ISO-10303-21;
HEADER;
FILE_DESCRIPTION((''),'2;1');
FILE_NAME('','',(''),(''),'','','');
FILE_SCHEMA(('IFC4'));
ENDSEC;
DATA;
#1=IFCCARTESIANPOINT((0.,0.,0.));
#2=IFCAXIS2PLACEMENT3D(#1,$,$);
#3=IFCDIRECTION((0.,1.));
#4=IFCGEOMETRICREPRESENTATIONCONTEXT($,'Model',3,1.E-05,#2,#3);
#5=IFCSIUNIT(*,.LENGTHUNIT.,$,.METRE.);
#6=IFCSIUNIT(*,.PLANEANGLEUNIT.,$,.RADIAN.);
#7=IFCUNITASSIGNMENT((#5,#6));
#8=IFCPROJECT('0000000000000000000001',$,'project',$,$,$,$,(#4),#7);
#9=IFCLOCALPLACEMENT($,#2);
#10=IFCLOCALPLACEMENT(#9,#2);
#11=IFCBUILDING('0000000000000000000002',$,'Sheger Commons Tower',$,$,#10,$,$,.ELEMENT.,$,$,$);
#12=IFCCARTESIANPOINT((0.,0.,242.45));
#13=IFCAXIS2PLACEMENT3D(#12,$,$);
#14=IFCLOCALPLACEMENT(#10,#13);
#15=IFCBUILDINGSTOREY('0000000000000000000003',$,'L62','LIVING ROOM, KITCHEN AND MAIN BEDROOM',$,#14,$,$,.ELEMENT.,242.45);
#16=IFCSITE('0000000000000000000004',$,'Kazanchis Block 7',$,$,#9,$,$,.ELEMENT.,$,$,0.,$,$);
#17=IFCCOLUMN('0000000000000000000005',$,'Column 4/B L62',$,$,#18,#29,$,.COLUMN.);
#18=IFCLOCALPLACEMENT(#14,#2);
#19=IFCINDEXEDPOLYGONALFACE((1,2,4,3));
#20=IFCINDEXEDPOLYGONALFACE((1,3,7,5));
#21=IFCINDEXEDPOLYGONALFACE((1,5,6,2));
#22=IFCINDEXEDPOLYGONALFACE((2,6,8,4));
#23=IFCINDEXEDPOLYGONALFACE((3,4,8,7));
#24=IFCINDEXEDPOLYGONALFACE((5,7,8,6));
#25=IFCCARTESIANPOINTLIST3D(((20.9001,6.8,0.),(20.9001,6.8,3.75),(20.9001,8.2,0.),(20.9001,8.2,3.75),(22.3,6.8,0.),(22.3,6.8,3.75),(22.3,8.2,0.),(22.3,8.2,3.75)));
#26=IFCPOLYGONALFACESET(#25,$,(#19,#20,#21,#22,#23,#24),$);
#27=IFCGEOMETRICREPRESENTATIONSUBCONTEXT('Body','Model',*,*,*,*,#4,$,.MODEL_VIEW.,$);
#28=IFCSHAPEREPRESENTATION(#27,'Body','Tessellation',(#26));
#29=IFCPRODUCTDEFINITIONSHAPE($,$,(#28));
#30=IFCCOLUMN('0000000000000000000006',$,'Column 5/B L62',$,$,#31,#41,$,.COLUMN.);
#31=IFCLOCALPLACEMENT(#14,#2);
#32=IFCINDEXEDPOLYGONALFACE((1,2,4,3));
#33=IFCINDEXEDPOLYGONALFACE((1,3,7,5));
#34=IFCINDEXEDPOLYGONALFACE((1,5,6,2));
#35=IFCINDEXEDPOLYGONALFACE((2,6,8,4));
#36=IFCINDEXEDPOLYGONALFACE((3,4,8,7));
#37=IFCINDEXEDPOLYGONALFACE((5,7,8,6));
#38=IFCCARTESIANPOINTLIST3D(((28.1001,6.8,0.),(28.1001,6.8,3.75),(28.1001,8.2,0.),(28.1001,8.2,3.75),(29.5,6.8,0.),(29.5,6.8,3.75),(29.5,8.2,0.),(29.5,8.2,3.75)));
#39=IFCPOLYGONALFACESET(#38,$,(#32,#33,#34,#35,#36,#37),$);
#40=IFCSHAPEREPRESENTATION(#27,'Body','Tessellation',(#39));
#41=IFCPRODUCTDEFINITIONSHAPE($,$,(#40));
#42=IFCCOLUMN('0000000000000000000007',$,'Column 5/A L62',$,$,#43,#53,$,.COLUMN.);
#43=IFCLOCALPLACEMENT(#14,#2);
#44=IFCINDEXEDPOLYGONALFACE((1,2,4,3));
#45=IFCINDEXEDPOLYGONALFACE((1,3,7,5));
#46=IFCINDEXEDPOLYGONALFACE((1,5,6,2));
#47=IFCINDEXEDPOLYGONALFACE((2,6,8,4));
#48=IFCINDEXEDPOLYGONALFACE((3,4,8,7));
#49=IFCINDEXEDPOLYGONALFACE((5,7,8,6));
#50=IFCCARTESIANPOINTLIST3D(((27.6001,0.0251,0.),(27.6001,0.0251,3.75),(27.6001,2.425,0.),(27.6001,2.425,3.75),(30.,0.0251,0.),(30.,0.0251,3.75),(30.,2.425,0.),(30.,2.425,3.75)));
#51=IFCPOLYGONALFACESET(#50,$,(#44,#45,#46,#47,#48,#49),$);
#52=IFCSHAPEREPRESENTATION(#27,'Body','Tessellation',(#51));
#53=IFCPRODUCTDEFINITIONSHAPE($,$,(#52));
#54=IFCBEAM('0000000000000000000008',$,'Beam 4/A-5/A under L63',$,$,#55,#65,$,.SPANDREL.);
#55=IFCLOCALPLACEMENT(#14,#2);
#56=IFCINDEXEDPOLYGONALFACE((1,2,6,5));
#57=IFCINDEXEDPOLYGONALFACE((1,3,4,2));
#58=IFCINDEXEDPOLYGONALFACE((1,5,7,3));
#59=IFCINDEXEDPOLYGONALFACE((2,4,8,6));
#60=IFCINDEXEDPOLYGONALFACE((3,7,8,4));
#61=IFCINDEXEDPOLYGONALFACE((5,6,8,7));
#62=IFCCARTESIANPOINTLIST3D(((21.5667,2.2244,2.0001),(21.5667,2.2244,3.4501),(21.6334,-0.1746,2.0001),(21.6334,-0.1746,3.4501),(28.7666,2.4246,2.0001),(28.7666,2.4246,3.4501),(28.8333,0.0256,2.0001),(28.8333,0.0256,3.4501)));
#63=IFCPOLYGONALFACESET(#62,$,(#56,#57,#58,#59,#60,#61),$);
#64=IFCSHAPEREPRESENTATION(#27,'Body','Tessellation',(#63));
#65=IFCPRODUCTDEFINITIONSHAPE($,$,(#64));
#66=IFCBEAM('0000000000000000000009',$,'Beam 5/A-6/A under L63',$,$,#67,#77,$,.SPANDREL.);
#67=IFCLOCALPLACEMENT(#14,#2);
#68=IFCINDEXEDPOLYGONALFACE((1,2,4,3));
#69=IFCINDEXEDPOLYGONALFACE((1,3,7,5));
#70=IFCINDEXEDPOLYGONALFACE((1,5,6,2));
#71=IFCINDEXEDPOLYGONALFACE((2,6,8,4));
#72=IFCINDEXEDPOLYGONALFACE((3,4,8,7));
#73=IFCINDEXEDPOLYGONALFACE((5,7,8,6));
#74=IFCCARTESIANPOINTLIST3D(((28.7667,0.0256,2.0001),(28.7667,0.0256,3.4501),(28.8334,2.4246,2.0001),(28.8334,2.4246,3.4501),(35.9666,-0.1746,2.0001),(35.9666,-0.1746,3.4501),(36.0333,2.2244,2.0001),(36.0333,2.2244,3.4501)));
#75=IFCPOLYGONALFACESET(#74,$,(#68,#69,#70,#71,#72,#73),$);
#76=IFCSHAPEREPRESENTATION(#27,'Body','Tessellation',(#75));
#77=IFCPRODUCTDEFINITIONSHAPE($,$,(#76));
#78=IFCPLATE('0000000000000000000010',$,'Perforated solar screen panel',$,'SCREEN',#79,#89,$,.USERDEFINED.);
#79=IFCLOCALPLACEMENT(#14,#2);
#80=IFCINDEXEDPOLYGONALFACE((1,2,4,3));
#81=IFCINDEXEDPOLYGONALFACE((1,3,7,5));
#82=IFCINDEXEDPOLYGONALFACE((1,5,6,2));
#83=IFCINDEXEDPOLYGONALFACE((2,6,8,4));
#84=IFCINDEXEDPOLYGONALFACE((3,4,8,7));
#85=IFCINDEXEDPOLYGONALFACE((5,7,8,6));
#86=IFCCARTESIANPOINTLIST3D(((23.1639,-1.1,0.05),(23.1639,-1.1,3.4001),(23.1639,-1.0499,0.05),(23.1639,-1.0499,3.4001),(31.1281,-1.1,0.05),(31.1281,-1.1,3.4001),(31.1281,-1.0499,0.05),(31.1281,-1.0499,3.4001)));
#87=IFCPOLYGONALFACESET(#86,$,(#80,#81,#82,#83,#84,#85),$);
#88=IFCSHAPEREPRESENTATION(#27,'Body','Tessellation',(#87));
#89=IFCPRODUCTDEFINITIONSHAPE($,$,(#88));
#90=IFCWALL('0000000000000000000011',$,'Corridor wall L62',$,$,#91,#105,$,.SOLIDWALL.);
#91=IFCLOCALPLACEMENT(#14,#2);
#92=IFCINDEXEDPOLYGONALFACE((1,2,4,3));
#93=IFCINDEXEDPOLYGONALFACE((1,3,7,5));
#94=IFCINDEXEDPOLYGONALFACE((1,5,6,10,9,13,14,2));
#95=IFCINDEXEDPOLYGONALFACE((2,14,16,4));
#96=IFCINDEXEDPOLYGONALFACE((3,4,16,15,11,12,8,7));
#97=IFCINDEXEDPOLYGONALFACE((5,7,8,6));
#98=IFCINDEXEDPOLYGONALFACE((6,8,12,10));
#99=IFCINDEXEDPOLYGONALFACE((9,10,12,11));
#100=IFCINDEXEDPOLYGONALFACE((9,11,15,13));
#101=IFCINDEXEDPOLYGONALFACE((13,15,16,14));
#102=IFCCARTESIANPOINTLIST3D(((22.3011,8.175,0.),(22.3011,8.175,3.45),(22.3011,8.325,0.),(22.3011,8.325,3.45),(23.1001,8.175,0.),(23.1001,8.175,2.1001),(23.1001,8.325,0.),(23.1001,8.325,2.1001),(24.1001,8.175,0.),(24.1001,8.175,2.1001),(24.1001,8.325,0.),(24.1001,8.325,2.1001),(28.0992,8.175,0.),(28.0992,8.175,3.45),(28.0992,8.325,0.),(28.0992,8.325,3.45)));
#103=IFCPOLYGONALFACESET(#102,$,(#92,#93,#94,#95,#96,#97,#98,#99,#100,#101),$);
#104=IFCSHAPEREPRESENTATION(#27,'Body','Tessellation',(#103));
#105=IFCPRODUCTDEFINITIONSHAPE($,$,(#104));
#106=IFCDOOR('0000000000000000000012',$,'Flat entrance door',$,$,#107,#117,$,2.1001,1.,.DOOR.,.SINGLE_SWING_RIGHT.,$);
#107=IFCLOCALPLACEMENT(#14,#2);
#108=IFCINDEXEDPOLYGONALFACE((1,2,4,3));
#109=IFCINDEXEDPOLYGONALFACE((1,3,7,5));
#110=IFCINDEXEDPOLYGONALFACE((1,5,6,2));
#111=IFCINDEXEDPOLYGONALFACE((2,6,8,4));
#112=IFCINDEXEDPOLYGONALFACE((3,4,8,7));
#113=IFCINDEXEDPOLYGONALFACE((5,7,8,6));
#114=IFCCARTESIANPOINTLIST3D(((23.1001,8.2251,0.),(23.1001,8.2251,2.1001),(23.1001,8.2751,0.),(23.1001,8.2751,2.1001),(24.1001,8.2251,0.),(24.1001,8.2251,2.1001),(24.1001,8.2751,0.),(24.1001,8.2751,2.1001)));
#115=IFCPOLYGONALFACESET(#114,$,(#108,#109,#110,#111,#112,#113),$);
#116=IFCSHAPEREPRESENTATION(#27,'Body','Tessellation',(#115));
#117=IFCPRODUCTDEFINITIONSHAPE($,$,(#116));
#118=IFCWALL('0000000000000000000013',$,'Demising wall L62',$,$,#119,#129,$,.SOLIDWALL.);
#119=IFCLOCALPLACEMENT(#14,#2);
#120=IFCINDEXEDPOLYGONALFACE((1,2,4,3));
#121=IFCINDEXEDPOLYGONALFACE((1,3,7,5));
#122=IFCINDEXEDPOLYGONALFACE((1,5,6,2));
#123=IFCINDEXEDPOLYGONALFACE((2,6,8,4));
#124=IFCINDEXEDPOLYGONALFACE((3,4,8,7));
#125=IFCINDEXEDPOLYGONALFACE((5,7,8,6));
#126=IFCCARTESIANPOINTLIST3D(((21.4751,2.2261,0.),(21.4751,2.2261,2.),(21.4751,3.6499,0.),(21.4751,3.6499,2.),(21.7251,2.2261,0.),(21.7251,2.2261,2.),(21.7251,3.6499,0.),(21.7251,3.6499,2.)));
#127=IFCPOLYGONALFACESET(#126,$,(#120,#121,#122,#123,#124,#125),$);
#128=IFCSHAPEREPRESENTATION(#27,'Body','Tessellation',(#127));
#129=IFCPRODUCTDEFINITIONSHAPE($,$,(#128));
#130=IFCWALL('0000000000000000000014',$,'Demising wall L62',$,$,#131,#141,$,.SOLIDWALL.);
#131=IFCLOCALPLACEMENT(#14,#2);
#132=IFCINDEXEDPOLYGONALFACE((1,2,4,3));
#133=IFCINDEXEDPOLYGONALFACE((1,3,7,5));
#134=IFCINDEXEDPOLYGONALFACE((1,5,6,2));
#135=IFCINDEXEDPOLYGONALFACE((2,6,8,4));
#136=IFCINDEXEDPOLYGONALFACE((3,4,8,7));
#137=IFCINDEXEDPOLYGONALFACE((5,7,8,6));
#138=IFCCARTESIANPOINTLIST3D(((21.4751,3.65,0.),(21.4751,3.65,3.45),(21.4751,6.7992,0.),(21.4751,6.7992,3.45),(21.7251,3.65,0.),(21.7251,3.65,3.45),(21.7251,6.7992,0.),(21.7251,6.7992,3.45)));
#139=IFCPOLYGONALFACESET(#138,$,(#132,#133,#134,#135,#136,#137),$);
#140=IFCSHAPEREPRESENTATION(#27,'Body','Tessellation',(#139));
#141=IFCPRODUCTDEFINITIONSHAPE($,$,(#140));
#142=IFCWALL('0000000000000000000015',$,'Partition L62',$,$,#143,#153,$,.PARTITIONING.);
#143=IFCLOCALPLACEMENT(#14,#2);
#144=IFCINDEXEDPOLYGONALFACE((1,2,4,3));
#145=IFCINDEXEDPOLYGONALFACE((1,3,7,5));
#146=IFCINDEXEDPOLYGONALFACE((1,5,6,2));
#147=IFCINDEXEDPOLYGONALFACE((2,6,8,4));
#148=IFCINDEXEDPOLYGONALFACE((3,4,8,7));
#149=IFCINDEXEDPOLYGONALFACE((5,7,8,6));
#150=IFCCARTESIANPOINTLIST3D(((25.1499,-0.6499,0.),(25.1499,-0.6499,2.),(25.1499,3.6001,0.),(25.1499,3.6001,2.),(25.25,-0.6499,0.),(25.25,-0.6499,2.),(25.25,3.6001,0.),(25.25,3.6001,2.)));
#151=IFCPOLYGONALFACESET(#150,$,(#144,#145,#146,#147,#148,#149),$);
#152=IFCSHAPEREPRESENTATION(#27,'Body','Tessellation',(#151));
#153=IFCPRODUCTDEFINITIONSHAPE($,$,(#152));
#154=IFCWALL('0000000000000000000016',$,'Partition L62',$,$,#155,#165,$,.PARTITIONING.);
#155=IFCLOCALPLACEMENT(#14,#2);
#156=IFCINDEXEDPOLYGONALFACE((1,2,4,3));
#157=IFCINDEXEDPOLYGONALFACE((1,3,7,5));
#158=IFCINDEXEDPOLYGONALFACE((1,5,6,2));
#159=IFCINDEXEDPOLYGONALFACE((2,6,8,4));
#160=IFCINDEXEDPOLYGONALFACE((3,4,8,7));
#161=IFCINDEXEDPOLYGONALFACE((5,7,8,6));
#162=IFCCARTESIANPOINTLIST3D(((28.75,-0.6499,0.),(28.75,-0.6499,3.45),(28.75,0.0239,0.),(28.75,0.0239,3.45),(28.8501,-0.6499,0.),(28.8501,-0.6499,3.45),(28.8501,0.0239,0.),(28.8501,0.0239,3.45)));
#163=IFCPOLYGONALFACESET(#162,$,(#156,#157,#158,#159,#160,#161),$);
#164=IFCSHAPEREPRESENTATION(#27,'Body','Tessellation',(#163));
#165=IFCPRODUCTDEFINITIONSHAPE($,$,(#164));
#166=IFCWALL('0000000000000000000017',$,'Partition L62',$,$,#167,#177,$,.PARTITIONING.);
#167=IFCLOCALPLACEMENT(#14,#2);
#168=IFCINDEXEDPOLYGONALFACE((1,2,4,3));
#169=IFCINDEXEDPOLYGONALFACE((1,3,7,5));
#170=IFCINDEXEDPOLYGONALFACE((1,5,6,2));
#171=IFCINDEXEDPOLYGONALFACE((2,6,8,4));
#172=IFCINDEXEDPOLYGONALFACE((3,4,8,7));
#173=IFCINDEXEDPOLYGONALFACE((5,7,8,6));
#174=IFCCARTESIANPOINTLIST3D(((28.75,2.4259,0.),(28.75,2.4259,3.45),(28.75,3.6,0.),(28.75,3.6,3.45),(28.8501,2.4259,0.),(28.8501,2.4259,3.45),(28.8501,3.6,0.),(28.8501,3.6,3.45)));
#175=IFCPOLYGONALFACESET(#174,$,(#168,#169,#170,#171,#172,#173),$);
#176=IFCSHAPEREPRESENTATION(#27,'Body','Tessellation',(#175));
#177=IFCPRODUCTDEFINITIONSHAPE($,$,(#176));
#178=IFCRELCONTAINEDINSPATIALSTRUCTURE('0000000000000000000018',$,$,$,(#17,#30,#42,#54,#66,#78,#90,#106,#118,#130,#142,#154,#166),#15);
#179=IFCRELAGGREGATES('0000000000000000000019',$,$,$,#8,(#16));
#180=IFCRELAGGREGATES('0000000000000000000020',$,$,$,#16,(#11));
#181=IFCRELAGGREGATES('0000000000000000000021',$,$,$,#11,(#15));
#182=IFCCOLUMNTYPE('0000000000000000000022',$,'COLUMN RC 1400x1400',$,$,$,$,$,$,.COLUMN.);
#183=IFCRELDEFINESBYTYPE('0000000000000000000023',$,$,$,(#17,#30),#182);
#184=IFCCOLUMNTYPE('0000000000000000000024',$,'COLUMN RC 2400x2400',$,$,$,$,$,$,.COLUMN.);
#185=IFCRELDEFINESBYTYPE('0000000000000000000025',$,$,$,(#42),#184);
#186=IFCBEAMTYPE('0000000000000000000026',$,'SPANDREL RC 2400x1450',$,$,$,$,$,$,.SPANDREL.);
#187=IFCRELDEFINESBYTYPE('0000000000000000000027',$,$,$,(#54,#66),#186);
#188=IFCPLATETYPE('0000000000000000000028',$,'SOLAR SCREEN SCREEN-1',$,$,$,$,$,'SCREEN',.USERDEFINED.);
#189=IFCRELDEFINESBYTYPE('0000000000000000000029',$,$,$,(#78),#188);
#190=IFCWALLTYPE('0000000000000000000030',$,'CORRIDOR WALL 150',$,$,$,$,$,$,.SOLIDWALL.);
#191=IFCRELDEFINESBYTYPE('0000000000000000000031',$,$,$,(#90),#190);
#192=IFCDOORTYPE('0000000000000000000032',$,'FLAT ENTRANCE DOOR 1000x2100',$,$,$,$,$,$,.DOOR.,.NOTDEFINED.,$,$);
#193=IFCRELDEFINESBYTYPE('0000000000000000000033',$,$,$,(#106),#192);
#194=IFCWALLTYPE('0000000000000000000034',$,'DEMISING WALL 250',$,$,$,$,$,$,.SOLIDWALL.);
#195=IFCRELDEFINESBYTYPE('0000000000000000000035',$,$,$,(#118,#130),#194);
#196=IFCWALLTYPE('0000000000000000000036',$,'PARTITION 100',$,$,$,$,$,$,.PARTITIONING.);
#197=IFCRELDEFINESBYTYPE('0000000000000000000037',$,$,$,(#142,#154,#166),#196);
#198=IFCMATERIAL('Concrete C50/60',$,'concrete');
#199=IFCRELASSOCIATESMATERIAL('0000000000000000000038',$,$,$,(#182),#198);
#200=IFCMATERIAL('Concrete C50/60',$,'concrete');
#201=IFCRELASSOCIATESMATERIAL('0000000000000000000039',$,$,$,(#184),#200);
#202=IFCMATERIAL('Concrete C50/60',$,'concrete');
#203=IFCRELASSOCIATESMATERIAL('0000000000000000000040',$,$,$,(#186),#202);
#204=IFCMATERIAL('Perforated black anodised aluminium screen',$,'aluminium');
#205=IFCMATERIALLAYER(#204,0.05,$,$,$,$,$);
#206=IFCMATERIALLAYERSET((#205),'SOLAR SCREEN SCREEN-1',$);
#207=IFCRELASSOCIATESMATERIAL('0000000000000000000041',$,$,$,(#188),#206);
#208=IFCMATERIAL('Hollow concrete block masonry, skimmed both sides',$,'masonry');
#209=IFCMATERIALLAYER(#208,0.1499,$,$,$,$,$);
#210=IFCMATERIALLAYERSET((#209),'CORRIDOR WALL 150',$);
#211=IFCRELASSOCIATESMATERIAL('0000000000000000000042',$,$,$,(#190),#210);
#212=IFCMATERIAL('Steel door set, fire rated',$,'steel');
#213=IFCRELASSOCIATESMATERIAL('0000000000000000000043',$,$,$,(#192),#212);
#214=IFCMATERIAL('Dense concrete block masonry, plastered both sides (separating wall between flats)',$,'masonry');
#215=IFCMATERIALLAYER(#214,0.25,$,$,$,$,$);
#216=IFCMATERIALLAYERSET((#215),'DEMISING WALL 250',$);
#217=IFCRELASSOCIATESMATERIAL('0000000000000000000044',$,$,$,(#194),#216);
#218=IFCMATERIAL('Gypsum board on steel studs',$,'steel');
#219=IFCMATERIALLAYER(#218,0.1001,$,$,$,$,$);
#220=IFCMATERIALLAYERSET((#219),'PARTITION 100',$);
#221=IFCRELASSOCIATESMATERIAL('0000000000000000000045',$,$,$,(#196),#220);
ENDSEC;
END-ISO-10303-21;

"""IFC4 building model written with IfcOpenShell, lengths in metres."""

from ifc_helpers import new_model, si_unit, direction, frame, frame_2d, origin, origin_2d, place, context, subcontext, project, spatial, rectangle, extrude, material, layer, layer_set, material_profile, profile_set, type_object, element, fill, save


model = new_model("IFC4")

# Units and contexts
model_context = context("Model", 3, precision=1e-05, world=origin(), true_north=direction((0.0, 1.0)))
body_context = subcontext(model_context, "Body", "Model", "MODEL_VIEW")
ifc_project = project(units=[si_unit("LENGTHUNIT", "METRE"), si_unit("PLANEANGLEUNIT", "RADIAN")], contexts=[model_context])

# Site, building, storey
site_placement = place(None, origin())
site = spatial("IfcSite", under=ifc_project, at=site_placement, Name="Kazanchis Block 7", CompositionType="ELEMENT", RefElevation=0.0)
building_placement = place(site_placement, origin())
building = spatial("IfcBuilding", under=site, at=building_placement, Name="Sheger Commons Tower", CompositionType="ELEMENT")
storey_placement = place(building_placement, frame((0.0, 0.0, 242.45)))
storey = spatial("IfcBuildingStorey", under=building, at=storey_placement, Name="L62", Description="LIVING ROOM, KITCHEN AND MAIN BEDROOM", CompositionType="ELEMENT", Elevation=242.45)

# Columns
ifc_material_1 = material(Name="Concrete C50/60", Category="concrete")
ifc_material_profile_1 = material_profile(ifc_material_1, rectangle(XDim=1.3999, YDim=1.3999, at=origin_2d()), Name="RC 1400x1400")
ifc_profile_set_1 = profile_set([ifc_material_profile_1], Name="Concrete C50/60")
column_type_1 = type_object("IfcColumnType", Name="COLUMN RC 1400x1400", PredefinedType="COLUMN", material=ifc_profile_set_1)
for number, where, z_axis, x_axis, name in (
    (1, (21.6001, 7.5, 0.0), (0.0, 0.0, 1.0), (1.0, 0.0, 0.0), "Column 4/B L62"),
    (2, (28.8, 7.5, 0.0), (0.0, 0.0, 1.0), (1.0, 0.0, 0.0), "Column 5/B L62"),
):
    element("IfcColumn", number, at=place(storey_placement, frame(where, z_axis=z_axis, x_axis=x_axis)), inside=storey, type_object=column_type_1, Name=name, PredefinedType="COLUMN", context=body_context, shape_type="SweptSolid", body=[
        extrude(rectangle(XDim=1.3999, YDim=1.3999, at=origin_2d()), origin(), (0.0, 0.0, 1.0), 3.75),
    ])
ifc_material_2 = material(Name="Concrete C50/60", Category="concrete")
ifc_material_profile_2 = material_profile(ifc_material_2, rectangle(XDim=2.3999, YDim=2.3999, at=origin_2d()), Name="RC 2400x2400")
ifc_profile_set_2 = profile_set([ifc_material_profile_2], Name="Concrete C50/60")
column_type_2 = type_object("IfcColumnType", Name="COLUMN RC 2400x2400", PredefinedType="COLUMN", material=ifc_profile_set_2)
column_placement = place(storey_placement, frame((28.8, 1.2251, 0.0), z_axis=(0.0, 0.0, 1.0), x_axis=(1.0, 0.0, 0.0)))
element("IfcColumn", 3, at=column_placement, inside=storey, type_object=column_type_2, Name="Column 5/A L62", PredefinedType="COLUMN", context=body_context, shape_type="SweptSolid", body=[
    extrude(rectangle(XDim=2.3999, YDim=2.3999, at=origin_2d()), origin(), (0.0, 0.0, 1.0), 3.75),
])

# Beams
ifc_material_3 = material(Name="Concrete C50/60", Category="concrete")
ifc_material_profile_3 = material_profile(ifc_material_3, rectangle(XDim=2.3999, YDim=1.45, at=origin_2d()), Name="RC 2400x1450")
ifc_profile_set_3 = profile_set([ifc_material_profile_3], Name="Concrete C50/60")
beam_type = type_object("IfcBeamType", Name="SPANDREL RC 2400x1450", PredefinedType="SPANDREL", material=ifc_profile_set_3)
for number, where, z_axis, x_axis, name in (
    (4, (21.6001, 1.0249, 2.7251), (0.999614, 0.027794, 0.0), (-0.027794, 0.999614, 0.0), "Beam 4/A-5/A under L63"),
    (5, (28.8, 1.2251, 2.7251), (0.999614, -0.027794, 0.0), (0.027794, 0.999614, 0.0), "Beam 5/A-6/A under L63"),
):
    element("IfcBeam", number, at=place(storey_placement, frame(where, z_axis=z_axis, x_axis=x_axis)), inside=storey, type_object=beam_type, Name=name, PredefinedType="SPANDREL", context=body_context, shape_type="SweptSolid", body=[
        extrude(rectangle(XDim=2.3999, YDim=1.45, at=origin_2d()), origin(), (0.0, 0.0, 1.0), 7.2026),
    ])

# Plate
ifc_material_4 = material(Name="Perforated black anodised aluminium screen", Category="aluminium")
ifc_layer_1 = layer(ifc_material_4, 0.05)
ifc_layer_set_1 = layer_set([ifc_layer_1], Name="SOLAR SCREEN SCREEN-1")
plate_type = type_object("IfcPlateType", Name="SOLAR SCREEN SCREEN-1", ElementType="SCREEN", PredefinedType="USERDEFINED", material=ifc_layer_set_1)
plate_placement = place(storey_placement, frame((27.146, -1.075, 0.05), z_axis=(0.0, 0.0, 1.0), x_axis=(1.0, 0.0, 0.0)))
element("IfcPlate", 6, at=plate_placement, inside=storey, type_object=plate_type, Name="Perforated solar screen panel", ObjectType="SCREEN", PredefinedType="USERDEFINED", context=body_context, shape_type="SweptSolid", body=[
    extrude(rectangle(XDim=7.9641, YDim=0.05, at=origin_2d()), origin(), (0.0, 0.0, 1.0), 3.3501),
])

# Wall, opening, door
ifc_material_5 = material(Name="Hollow concrete block masonry, skimmed both sides", Category="masonry")
ifc_layer_2 = layer(ifc_material_5, 0.1499)
ifc_layer_set_2 = layer_set([ifc_layer_2], Name="CORRIDOR WALL 150")
wall_type_1 = type_object("IfcWallType", Name="CORRIDOR WALL 150", PredefinedType="SOLIDWALL", material=ifc_layer_set_2)
wall_1_placement = place(storey_placement, frame((28.0991, 8.25, 0.0), z_axis=(0.0, 0.0, 1.0), x_axis=(-1.0, 0.0, 0.0)))
wall_1 = element("IfcWall", 7, at=wall_1_placement, inside=storey, type_object=wall_type_1, Name="Corridor wall L62", PredefinedType="SOLIDWALL", context=body_context, shape_type="SweptSolid", body=[
    extrude(rectangle(XDim=5.7981, YDim=0.1499, at=frame_2d((2.8989, 0.0))), origin(), (0.0, 0.0, 1.0), 3.45),
])
opening_placement = place(wall_1_placement, frame((3.999, 0.0, 0.0)))
opening = element("IfcOpeningElement", 8, at=opening_placement, cuts=wall_1, PredefinedType="OPENING", context=body_context, shape_type="SweptSolid", body=[
    extrude(rectangle(XDim=1.0, YDim=2.1001, at=frame_2d((0.5, 1.05))), frame((0.0, 0.085, 0.0), z_axis=(0.0, -1.0, 0.0), x_axis=(1.0, 0.0, 0.0)), (0.0, 0.0, 1.0), 0.1699),
])
ifc_material_6 = material(Name="Steel door set, fire rated", Category="steel")
door_type = type_object("IfcDoorType", Name="FLAT ENTRANCE DOOR 1000x2100", OperationType="NOTDEFINED", PredefinedType="DOOR", material=ifc_material_6)
door_placement = place(opening_placement, origin())
door = element("IfcDoor", 9, at=door_placement, inside=storey, type_object=door_type, Name="Flat entrance door", OperationType="SINGLE_SWING_RIGHT", OverallHeight=2.1001, OverallWidth=1.0, PredefinedType="DOOR", context=body_context, shape_type="SweptSolid", body=[
    extrude(rectangle(XDim=1.0, YDim=2.1001, at=frame_2d((0.5, 1.05))), frame((0.0, 0.0249, 0.0), z_axis=(0.0, -1.0, 0.0), x_axis=(1.0, 0.0, 0.0)), (0.0, 0.0, 1.0), 0.05),
])
fill(opening, door)

# Walls
ifc_material_7 = material(Name="Dense concrete block masonry, plastered both sides (separating wall between flats)", Category="masonry")
ifc_layer_3 = layer(ifc_material_7, 0.25)
ifc_layer_set_3 = layer_set([ifc_layer_3], Name="DEMISING WALL 250")
wall_type_2 = type_object("IfcWallType", Name="DEMISING WALL 250", PredefinedType="SOLIDWALL", material=ifc_layer_set_3)
wall_2_placement = place(storey_placement, frame((21.6001, 2.2261, 0.0), z_axis=(0.0, 0.0, 1.0), x_axis=(0.0, 1.0, 0.0)))
element("IfcWall", 10, at=wall_2_placement, inside=storey, type_object=wall_type_2, Name="Demising wall L62", PredefinedType="SOLIDWALL", context=body_context, shape_type="SweptSolid", body=[
    extrude(rectangle(XDim=1.4238, YDim=0.25, at=frame_2d((0.7119, 0.0))), origin(), (0.0, 0.0, 1.0), 2.0),
])
wall_3_placement = place(storey_placement, frame((21.6001, 3.6499, 0.0), z_axis=(0.0, 0.0, 1.0), x_axis=(0.0, 1.0, 0.0)))
element("IfcWall", 11, at=wall_3_placement, inside=storey, type_object=wall_type_2, Name="Demising wall L62", PredefinedType="SOLIDWALL", context=body_context, shape_type="SweptSolid", body=[
    extrude(rectangle(XDim=3.1492, YDim=0.25, at=frame_2d((1.5747, 0.0))), origin(), (0.0, 0.0, 1.0), 3.45),
])
ifc_material_8 = material(Name="Gypsum board on steel studs", Category="steel")
ifc_layer_4 = layer(ifc_material_8, 0.1001)
ifc_layer_set_4 = layer_set([ifc_layer_4], Name="PARTITION 100")
wall_type_3 = type_object("IfcWallType", Name="PARTITION 100", PredefinedType="PARTITIONING", material=ifc_layer_set_4)
wall_4_placement = place(storey_placement, frame((25.2, -0.6499, 0.0), z_axis=(0.0, 0.0, 1.0), x_axis=(0.0, 1.0, 0.0)))
element("IfcWall", 12, at=wall_4_placement, inside=storey, type_object=wall_type_3, Name="Partition L62", PredefinedType="PARTITIONING", context=body_context, shape_type="SweptSolid", body=[
    extrude(rectangle(XDim=4.25, YDim=0.1001, at=frame_2d((2.125, 0.0))), origin(), (0.0, 0.0, 1.0), 2.0),
])
wall_5_placement = place(storey_placement, frame((28.8, -0.6499, 0.0), z_axis=(0.0, 0.0, 1.0), x_axis=(0.0, 1.0, 0.0)))
element("IfcWall", 13, at=wall_5_placement, inside=storey, type_object=wall_type_3, Name="Partition L62", PredefinedType="PARTITIONING", context=body_context, shape_type="SweptSolid", body=[
    extrude(rectangle(XDim=0.6738, YDim=0.1001, at=frame_2d((0.3369, 0.0))), origin(), (0.0, 0.0, 1.0), 3.45),
])
wall_6_placement = place(storey_placement, frame((28.8, 2.426, 0.0), z_axis=(0.0, 0.0, 1.0), x_axis=(0.0, 1.0, 0.0)))
element("IfcWall", 14, at=wall_6_placement, inside=storey, type_object=wall_type_3, Name="Partition L62", PredefinedType="PARTITIONING", context=body_context, shape_type="SweptSolid", body=[
    extrude(rectangle(XDim=1.1741, YDim=0.1001, at=frame_2d((0.5869, 0.0))), origin(), (0.0, 0.0, 1.0), 3.45),
])

save(model, "model.ifc")
